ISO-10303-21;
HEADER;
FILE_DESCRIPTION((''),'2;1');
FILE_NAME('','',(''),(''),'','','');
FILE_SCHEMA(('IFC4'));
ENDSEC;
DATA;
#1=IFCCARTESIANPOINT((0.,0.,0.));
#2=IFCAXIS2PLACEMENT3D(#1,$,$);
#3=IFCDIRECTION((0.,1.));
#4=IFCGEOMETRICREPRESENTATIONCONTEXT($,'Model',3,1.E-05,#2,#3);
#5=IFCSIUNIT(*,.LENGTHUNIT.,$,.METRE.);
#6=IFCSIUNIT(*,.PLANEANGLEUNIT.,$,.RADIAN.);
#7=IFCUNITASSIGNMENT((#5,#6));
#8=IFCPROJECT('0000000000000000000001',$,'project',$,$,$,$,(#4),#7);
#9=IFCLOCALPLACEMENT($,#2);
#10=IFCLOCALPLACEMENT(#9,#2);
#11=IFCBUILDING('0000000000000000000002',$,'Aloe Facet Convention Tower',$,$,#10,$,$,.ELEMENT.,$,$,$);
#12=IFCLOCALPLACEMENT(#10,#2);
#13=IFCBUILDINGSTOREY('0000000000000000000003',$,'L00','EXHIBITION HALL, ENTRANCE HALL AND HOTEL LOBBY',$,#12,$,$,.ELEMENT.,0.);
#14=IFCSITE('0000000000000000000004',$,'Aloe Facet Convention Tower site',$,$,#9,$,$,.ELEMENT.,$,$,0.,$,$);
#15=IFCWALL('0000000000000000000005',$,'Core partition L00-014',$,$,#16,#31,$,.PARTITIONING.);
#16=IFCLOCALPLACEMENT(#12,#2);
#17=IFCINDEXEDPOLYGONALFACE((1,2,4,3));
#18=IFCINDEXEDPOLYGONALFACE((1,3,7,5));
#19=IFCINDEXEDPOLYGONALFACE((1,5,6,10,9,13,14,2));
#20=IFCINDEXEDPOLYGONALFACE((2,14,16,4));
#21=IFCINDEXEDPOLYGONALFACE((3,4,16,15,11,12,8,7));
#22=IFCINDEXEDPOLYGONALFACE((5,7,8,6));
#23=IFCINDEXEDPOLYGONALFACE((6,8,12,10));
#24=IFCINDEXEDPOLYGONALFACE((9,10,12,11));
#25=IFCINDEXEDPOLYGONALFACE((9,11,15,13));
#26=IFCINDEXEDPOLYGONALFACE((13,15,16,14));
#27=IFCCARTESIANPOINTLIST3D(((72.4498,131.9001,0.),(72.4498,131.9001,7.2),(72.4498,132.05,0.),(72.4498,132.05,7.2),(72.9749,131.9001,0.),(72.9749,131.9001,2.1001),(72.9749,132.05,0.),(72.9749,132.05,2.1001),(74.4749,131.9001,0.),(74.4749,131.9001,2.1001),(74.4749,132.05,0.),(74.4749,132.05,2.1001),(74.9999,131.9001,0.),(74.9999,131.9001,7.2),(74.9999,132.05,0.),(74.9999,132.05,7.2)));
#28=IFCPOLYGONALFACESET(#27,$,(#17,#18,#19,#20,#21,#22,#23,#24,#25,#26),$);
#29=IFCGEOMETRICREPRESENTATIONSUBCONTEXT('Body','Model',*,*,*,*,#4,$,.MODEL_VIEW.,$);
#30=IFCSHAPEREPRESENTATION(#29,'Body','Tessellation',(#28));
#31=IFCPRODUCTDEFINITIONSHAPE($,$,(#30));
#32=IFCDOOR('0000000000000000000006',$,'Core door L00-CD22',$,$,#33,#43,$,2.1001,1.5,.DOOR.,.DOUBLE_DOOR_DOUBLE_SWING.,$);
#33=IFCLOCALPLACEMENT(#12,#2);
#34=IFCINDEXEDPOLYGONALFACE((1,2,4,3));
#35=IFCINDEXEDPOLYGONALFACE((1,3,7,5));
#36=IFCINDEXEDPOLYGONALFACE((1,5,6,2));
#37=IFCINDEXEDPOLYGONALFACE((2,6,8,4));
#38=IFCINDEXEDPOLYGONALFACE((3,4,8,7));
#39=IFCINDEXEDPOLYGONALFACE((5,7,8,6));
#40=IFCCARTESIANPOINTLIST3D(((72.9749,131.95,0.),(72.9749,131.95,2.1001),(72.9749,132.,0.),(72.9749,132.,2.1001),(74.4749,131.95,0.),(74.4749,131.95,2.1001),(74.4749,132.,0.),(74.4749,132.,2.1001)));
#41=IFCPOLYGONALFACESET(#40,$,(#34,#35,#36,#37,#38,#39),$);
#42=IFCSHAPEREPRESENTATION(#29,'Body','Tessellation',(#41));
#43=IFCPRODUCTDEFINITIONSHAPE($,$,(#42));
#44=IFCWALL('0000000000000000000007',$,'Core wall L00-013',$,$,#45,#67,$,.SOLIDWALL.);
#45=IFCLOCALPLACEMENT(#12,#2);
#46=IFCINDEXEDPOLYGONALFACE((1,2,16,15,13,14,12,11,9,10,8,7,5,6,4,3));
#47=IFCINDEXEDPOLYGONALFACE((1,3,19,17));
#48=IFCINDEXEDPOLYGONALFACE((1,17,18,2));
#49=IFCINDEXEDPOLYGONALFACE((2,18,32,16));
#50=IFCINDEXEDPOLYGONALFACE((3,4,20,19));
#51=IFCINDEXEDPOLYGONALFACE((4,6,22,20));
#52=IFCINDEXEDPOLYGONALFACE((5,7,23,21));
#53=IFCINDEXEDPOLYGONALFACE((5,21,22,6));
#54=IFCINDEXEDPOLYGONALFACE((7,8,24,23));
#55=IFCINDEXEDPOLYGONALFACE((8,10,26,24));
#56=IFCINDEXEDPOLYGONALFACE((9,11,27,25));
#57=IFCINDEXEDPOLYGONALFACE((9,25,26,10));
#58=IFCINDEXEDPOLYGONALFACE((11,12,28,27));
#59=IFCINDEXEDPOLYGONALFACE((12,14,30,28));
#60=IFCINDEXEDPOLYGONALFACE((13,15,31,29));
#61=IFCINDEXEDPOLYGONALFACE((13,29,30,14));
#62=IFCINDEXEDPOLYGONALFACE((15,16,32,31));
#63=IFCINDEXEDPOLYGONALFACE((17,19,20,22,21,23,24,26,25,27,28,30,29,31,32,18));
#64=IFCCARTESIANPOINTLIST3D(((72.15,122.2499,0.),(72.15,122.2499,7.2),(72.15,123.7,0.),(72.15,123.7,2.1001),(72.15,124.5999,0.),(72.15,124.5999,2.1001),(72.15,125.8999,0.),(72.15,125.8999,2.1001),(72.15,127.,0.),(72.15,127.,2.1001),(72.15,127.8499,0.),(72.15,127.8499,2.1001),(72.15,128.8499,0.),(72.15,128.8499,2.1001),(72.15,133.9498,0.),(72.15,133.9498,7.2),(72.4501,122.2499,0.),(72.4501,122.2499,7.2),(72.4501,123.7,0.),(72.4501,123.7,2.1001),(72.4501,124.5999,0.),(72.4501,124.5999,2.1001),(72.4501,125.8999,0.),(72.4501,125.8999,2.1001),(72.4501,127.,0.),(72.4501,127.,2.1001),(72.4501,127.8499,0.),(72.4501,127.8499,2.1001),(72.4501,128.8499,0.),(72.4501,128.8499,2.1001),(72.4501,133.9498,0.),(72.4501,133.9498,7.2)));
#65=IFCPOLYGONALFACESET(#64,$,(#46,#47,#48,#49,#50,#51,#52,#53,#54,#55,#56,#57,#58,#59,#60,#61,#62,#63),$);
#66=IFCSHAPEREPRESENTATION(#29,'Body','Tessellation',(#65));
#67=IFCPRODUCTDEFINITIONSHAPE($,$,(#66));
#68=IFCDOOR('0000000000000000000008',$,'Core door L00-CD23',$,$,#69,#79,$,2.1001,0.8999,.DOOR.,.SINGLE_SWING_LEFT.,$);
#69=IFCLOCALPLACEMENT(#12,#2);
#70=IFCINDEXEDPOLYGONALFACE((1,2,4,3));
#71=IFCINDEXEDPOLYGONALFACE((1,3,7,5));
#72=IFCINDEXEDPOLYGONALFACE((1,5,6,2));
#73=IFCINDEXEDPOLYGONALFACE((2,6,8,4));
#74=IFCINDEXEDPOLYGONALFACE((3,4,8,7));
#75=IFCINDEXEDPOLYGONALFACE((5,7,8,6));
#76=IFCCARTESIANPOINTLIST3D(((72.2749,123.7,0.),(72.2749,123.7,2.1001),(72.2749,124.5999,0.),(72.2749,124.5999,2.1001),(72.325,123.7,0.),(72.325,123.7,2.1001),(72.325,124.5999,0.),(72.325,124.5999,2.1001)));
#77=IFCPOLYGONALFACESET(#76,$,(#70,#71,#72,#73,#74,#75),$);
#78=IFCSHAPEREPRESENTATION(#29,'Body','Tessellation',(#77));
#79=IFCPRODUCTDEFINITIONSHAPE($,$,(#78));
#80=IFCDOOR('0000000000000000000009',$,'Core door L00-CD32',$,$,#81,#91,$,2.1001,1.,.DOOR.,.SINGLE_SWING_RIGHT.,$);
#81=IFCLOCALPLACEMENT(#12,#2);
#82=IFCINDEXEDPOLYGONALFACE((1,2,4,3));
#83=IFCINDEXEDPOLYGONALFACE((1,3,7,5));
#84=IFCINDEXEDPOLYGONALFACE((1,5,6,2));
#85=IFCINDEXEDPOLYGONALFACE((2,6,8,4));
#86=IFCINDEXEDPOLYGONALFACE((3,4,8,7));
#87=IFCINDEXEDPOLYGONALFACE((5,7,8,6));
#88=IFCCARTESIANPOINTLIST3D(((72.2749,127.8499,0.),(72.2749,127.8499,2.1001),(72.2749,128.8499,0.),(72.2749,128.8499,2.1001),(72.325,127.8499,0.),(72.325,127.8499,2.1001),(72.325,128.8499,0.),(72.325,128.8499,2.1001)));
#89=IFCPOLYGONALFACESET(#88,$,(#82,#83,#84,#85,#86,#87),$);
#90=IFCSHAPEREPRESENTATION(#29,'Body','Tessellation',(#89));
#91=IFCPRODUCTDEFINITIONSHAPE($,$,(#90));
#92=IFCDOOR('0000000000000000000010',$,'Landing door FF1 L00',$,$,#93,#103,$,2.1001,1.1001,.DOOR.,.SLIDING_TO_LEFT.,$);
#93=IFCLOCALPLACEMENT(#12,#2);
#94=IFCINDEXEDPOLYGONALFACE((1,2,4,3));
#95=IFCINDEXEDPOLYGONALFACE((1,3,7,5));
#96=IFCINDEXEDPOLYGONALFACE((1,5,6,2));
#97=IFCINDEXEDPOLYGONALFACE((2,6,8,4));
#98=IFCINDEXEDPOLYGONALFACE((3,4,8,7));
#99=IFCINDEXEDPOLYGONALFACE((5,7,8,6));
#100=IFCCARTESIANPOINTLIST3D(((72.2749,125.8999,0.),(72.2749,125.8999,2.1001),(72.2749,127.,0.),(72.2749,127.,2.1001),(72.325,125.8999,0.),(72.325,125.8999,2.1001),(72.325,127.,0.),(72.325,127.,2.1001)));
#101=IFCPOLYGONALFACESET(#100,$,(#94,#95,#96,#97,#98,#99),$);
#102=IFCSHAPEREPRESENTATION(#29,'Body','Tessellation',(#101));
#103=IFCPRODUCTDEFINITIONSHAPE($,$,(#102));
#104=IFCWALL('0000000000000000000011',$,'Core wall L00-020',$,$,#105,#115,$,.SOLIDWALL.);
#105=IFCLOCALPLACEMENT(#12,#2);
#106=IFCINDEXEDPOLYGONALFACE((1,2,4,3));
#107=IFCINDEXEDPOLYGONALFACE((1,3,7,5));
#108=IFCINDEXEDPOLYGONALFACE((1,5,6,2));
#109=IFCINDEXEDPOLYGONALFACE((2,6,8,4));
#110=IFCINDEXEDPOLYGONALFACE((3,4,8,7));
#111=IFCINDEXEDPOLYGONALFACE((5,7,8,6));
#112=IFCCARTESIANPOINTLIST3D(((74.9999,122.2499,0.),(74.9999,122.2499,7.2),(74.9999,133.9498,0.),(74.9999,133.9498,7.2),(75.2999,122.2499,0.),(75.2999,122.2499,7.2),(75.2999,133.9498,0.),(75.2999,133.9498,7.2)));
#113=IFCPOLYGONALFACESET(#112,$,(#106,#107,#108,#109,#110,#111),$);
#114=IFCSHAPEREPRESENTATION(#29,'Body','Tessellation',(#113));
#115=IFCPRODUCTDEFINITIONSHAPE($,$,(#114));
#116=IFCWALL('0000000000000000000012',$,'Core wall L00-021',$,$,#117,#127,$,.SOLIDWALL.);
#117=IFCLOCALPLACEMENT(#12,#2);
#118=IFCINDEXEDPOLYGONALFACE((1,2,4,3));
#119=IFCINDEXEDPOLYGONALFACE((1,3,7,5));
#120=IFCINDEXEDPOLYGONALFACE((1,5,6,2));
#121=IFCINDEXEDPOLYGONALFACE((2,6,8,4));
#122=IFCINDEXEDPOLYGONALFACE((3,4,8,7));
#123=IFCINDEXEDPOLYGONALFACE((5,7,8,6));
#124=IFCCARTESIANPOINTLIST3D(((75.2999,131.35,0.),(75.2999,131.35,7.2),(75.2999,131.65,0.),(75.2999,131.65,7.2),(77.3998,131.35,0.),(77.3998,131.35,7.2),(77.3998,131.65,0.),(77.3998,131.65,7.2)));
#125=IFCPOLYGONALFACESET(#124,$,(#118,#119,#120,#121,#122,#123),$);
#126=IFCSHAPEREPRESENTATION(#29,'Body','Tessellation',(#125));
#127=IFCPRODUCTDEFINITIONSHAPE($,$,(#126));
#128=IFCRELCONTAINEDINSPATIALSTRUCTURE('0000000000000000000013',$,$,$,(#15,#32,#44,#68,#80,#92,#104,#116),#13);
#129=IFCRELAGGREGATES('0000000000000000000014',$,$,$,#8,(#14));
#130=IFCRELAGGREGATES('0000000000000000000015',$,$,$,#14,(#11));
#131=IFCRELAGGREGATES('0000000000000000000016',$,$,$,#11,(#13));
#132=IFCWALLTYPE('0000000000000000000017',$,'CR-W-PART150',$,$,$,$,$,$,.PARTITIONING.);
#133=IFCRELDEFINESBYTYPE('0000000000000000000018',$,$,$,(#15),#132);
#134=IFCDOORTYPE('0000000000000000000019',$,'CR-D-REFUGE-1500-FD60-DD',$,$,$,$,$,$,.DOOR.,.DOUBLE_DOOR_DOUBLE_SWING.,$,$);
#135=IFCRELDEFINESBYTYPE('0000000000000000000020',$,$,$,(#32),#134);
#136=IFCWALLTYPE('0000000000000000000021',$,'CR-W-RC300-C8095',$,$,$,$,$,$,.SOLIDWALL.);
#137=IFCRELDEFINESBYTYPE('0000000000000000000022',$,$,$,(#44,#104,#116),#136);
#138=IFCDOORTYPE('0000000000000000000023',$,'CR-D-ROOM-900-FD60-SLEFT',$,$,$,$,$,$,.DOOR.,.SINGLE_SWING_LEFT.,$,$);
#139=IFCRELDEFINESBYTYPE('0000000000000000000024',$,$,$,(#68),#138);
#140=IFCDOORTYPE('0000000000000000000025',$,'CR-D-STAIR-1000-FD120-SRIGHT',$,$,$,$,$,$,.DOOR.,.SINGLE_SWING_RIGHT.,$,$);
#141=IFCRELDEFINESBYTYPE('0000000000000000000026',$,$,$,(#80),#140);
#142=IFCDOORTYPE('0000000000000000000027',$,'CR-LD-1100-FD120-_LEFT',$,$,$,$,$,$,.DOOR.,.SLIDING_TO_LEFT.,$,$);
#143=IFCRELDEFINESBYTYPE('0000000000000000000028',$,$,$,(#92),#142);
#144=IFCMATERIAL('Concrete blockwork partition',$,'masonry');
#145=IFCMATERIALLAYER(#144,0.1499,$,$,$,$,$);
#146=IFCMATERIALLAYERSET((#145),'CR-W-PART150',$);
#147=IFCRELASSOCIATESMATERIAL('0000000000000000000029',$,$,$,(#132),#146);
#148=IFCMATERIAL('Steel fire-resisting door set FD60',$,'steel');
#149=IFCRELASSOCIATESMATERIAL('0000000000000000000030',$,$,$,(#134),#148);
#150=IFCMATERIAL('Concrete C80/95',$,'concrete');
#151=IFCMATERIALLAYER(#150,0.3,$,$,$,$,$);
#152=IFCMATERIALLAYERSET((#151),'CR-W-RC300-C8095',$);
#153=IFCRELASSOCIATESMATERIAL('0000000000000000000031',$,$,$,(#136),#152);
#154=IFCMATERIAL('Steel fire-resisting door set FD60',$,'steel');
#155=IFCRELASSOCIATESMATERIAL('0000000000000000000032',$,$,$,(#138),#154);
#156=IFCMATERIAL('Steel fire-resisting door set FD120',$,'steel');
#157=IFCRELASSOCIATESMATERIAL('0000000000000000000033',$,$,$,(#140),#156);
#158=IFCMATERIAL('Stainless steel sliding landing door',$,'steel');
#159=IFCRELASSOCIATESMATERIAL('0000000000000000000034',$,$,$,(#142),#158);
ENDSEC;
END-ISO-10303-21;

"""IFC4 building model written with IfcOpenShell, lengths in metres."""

from ifc_helpers import new_model, si_unit, direction, frame, frame_2d, origin, place, context, subcontext, project, spatial, rectangle, extrude, material, layer, layer_set, type_object, element, fill, save


model = new_model("IFC4")

# Units and contexts
model_context = context("Model", 3, precision=1e-05, world=origin(), true_north=direction((0.0, 1.0)))
body_context = subcontext(model_context, "Body", "Model", "MODEL_VIEW")
ifc_project = project(units=[si_unit("LENGTHUNIT", "METRE"), si_unit("PLANEANGLEUNIT", "RADIAN")], contexts=[model_context])

# Site, building, storey
site_placement = place(None, origin())
site = spatial("IfcSite", under=ifc_project, at=site_placement, Name="Aloe Facet Convention Tower site", CompositionType="ELEMENT", RefElevation=0.0)
building_placement = place(site_placement, origin())
building = spatial("IfcBuilding", under=site, at=building_placement, Name="Aloe Facet Convention Tower", CompositionType="ELEMENT")
storey_placement = place(building_placement, origin())
storey = spatial("IfcBuildingStorey", under=building, at=storey_placement, Name="L00", Description="EXHIBITION HALL, ENTRANCE HALL AND HOTEL LOBBY", CompositionType="ELEMENT", Elevation=0.0)

# Wall, opening, door
ifc_material_1 = material(Name="Concrete blockwork partition", Category="masonry")
ifc_layer_1 = layer(ifc_material_1, 0.1499)
ifc_layer_set_1 = layer_set([ifc_layer_1], Name="CR-W-PART150")
wall_type_1 = type_object("IfcWallType", Name="CR-W-PART150", PredefinedType="PARTITIONING", material=ifc_layer_set_1)
wall_1_placement = place(storey_placement, frame((72.45, 131.9751, 0.0), z_axis=(0.0, 0.0, 1.0), x_axis=(1.0, 0.0, 0.0)))
wall_1 = element("IfcWall", 1, at=wall_1_placement, inside=storey, type_object=wall_type_1, Name="Core partition L00-014", PredefinedType="PARTITIONING", context=body_context, shape_type="SweptSolid", body=[
    extrude(rectangle(XDim=2.55, YDim=0.1499, at=frame_2d((1.2749, 0.0))), origin(), (0.0, 0.0, 1.0), 7.2),
])
opening_1_placement = place(wall_1_placement, frame((0.5249, 0.0, 0.0)))
opening_1 = element("IfcOpeningElement", 2, at=opening_1_placement, cuts=wall_1, PredefinedType="OPENING", context=body_context, shape_type="SweptSolid", body=[
    extrude(rectangle(XDim=1.5, YDim=2.1001, at=frame_2d((0.75, 1.05))), frame((0.0, 0.085, 0.0), z_axis=(0.0, -1.0, 0.0), x_axis=(1.0, 0.0, 0.0)), (0.0, 0.0, 1.0), 0.1699),
])
ifc_material_2 = material(Name="Steel fire-resisting door set FD60", Category="steel")
door_type_1 = type_object("IfcDoorType", Name="CR-D-REFUGE-1500-FD60-DD", OperationType="DOUBLE_DOOR_DOUBLE_SWING", PredefinedType="DOOR", material=ifc_material_2)
door_1_placement = place(opening_1_placement, origin())
door_1 = element("IfcDoor", 3, at=door_1_placement, inside=storey, type_object=door_type_1, Name="Core door L00-CD22", OperationType="DOUBLE_DOOR_DOUBLE_SWING", OverallHeight=2.1001, OverallWidth=1.5, PredefinedType="DOOR", context=body_context, shape_type="SweptSolid", body=[
    extrude(rectangle(XDim=1.5, YDim=2.1001, at=frame_2d((0.75, 1.05))), frame((0.0, 0.0249, 0.0), z_axis=(0.0, -1.0, 0.0), x_axis=(1.0, 0.0, 0.0)), (0.0, 0.0, 1.0), 0.05),
])
fill(opening_1, door_1)

# Wall, openings, doors
ifc_material_3 = material(Name="Concrete C80/95", Category="concrete")
ifc_layer_2 = layer(ifc_material_3, 0.3)
ifc_layer_set_2 = layer_set([ifc_layer_2], Name="CR-W-RC300-C8095")
wall_type_2 = type_object("IfcWallType", Name="CR-W-RC300-C8095", PredefinedType="SOLIDWALL", material=ifc_layer_set_2)
wall_2_placement = place(storey_placement, frame((72.3, 133.95, 0.0), z_axis=(0.0, 0.0, 1.0), x_axis=(0.0, -1.0, 0.0)))
wall_2 = element("IfcWall", 4, at=wall_2_placement, inside=storey, type_object=wall_type_2, Name="Core wall L00-013", PredefinedType="SOLIDWALL", context=body_context, shape_type="SweptSolid", body=[
    extrude(rectangle(XDim=11.7, YDim=0.3, at=frame_2d((5.8501, 0.0))), origin(), (0.0, 0.0, 1.0), 7.2),
])
opening_2_placement = place(wall_2_placement, frame((6.95, 0.0, 0.0)))
opening_2 = element("IfcOpeningElement", 5, at=opening_2_placement, cuts=wall_2, PredefinedType="OPENING", context=body_context, shape_type="SweptSolid", body=[
    extrude(rectangle(XDim=1.1001, YDim=2.1001, at=frame_2d((0.55, 1.05))), frame((0.0, 0.1602, 0.0), z_axis=(0.0, -1.0, 0.0), x_axis=(1.0, 0.0, 0.0)), (0.0, 0.0, 1.0), 0.3201),
])
opening_3_placement = place(wall_2_placement, frame((9.3501, 0.0, 0.0)))
opening_3 = element("IfcOpeningElement", 6, at=opening_3_placement, cuts=wall_2, PredefinedType="OPENING", context=body_context, shape_type="SweptSolid", body=[
    extrude(rectangle(XDim=0.8999, YDim=2.1001, at=frame_2d((0.45, 1.05))), frame((0.0, 0.1602, 0.0), z_axis=(0.0, -1.0, 0.0), x_axis=(1.0, 0.0, 0.0)), (0.0, 0.0, 1.0), 0.3201),
])
opening_4_placement = place(wall_2_placement, frame((5.1001, 0.0, 0.0)))
opening_4 = element("IfcOpeningElement", 7, at=opening_4_placement, cuts=wall_2, PredefinedType="OPENING", context=body_context, shape_type="SweptSolid", body=[
    extrude(rectangle(XDim=1.0, YDim=2.1001, at=frame_2d((0.5, 1.05))), frame((0.0, 0.1602, 0.0), z_axis=(0.0, -1.0, 0.0), x_axis=(1.0, 0.0, 0.0)), (0.0, 0.0, 1.0), 0.3201),
])
ifc_material_4 = material(Name="Steel fire-resisting door set FD60", Category="steel")
door_type_2 = type_object("IfcDoorType", Name="CR-D-ROOM-900-FD60-SLEFT", OperationType="SINGLE_SWING_LEFT", PredefinedType="DOOR", material=ifc_material_4)
door_2_placement = place(opening_3_placement, origin())
door_2 = element("IfcDoor", 8, at=door_2_placement, inside=storey, type_object=door_type_2, Name="Core door L00-CD23", OperationType="SINGLE_SWING_LEFT", OverallHeight=2.1001, OverallWidth=0.8999, PredefinedType="DOOR", context=body_context, shape_type="SweptSolid", body=[
    extrude(rectangle(XDim=0.8999, YDim=2.1001, at=frame_2d((0.45, 1.05))), frame((0.0, 0.0249, 0.0), z_axis=(0.0, -1.0, 0.0), x_axis=(1.0, 0.0, 0.0)), (0.0, 0.0, 1.0), 0.05),
])
fill(opening_3, door_2)
ifc_material_5 = material(Name="Steel fire-resisting door set FD120", Category="steel")
door_type_3 = type_object("IfcDoorType", Name="CR-D-STAIR-1000-FD120-SRIGHT", OperationType="SINGLE_SWING_RIGHT", PredefinedType="DOOR", material=ifc_material_5)
door_3_placement = place(opening_4_placement, origin())
door_3 = element("IfcDoor", 9, at=door_3_placement, inside=storey, type_object=door_type_3, Name="Core door L00-CD32", OperationType="SINGLE_SWING_RIGHT", OverallHeight=2.1001, OverallWidth=1.0, PredefinedType="DOOR", context=body_context, shape_type="SweptSolid", body=[
    extrude(rectangle(XDim=1.0, YDim=2.1001, at=frame_2d((0.5, 1.05))), frame((0.0, 0.0249, 0.0), z_axis=(0.0, -1.0, 0.0), x_axis=(1.0, 0.0, 0.0)), (0.0, 0.0, 1.0), 0.05),
])
fill(opening_4, door_3)
ifc_material_6 = material(Name="Stainless steel sliding landing door", Category="steel")
door_type_4 = type_object("IfcDoorType", Name="CR-LD-1100-FD120-_LEFT", OperationType="SLIDING_TO_LEFT", PredefinedType="DOOR", material=ifc_material_6)
door_4_placement = place(opening_2_placement, origin())
door_4 = element("IfcDoor", 10, at=door_4_placement, inside=storey, type_object=door_type_4, Name="Landing door FF1 L00", OperationType="SLIDING_TO_LEFT", OverallHeight=2.1001, OverallWidth=1.1001, PredefinedType="DOOR", context=body_context, shape_type="SweptSolid", body=[
    extrude(rectangle(XDim=1.1001, YDim=2.1001, at=frame_2d((0.55, 1.05))), frame((0.0, 0.0249, 0.0), z_axis=(0.0, -1.0, 0.0), x_axis=(1.0, 0.0, 0.0)), (0.0, 0.0, 1.0), 0.05),
])
fill(opening_2, door_4)

# Walls
wall_3_placement = place(storey_placement, frame((75.1499, 133.95, 0.0), z_axis=(0.0, 0.0, 1.0), x_axis=(0.0, -1.0, 0.0)))
element("IfcWall", 11, at=wall_3_placement, inside=storey, type_object=wall_type_2, Name="Core wall L00-020", PredefinedType="SOLIDWALL", context=body_context, shape_type="SweptSolid", body=[
    extrude(rectangle(XDim=11.7, YDim=0.3, at=frame_2d((5.8501, 0.0))), origin(), (0.0, 0.0, 1.0), 7.2),
])
wall_4_placement = place(storey_placement, frame((75.3, 131.5, 0.0), z_axis=(0.0, 0.0, 1.0), x_axis=(1.0, 0.0, 0.0)))
element("IfcWall", 12, at=wall_4_placement, inside=storey, type_object=wall_type_2, Name="Core wall L00-021", PredefinedType="SOLIDWALL", context=body_context, shape_type="SweptSolid", body=[
    extrude(rectangle(XDim=2.0999, YDim=0.3, at=frame_2d((1.0498, 0.0))), origin(), (0.0, 0.0, 1.0), 7.2),
])

save(model, "model.ifc")
